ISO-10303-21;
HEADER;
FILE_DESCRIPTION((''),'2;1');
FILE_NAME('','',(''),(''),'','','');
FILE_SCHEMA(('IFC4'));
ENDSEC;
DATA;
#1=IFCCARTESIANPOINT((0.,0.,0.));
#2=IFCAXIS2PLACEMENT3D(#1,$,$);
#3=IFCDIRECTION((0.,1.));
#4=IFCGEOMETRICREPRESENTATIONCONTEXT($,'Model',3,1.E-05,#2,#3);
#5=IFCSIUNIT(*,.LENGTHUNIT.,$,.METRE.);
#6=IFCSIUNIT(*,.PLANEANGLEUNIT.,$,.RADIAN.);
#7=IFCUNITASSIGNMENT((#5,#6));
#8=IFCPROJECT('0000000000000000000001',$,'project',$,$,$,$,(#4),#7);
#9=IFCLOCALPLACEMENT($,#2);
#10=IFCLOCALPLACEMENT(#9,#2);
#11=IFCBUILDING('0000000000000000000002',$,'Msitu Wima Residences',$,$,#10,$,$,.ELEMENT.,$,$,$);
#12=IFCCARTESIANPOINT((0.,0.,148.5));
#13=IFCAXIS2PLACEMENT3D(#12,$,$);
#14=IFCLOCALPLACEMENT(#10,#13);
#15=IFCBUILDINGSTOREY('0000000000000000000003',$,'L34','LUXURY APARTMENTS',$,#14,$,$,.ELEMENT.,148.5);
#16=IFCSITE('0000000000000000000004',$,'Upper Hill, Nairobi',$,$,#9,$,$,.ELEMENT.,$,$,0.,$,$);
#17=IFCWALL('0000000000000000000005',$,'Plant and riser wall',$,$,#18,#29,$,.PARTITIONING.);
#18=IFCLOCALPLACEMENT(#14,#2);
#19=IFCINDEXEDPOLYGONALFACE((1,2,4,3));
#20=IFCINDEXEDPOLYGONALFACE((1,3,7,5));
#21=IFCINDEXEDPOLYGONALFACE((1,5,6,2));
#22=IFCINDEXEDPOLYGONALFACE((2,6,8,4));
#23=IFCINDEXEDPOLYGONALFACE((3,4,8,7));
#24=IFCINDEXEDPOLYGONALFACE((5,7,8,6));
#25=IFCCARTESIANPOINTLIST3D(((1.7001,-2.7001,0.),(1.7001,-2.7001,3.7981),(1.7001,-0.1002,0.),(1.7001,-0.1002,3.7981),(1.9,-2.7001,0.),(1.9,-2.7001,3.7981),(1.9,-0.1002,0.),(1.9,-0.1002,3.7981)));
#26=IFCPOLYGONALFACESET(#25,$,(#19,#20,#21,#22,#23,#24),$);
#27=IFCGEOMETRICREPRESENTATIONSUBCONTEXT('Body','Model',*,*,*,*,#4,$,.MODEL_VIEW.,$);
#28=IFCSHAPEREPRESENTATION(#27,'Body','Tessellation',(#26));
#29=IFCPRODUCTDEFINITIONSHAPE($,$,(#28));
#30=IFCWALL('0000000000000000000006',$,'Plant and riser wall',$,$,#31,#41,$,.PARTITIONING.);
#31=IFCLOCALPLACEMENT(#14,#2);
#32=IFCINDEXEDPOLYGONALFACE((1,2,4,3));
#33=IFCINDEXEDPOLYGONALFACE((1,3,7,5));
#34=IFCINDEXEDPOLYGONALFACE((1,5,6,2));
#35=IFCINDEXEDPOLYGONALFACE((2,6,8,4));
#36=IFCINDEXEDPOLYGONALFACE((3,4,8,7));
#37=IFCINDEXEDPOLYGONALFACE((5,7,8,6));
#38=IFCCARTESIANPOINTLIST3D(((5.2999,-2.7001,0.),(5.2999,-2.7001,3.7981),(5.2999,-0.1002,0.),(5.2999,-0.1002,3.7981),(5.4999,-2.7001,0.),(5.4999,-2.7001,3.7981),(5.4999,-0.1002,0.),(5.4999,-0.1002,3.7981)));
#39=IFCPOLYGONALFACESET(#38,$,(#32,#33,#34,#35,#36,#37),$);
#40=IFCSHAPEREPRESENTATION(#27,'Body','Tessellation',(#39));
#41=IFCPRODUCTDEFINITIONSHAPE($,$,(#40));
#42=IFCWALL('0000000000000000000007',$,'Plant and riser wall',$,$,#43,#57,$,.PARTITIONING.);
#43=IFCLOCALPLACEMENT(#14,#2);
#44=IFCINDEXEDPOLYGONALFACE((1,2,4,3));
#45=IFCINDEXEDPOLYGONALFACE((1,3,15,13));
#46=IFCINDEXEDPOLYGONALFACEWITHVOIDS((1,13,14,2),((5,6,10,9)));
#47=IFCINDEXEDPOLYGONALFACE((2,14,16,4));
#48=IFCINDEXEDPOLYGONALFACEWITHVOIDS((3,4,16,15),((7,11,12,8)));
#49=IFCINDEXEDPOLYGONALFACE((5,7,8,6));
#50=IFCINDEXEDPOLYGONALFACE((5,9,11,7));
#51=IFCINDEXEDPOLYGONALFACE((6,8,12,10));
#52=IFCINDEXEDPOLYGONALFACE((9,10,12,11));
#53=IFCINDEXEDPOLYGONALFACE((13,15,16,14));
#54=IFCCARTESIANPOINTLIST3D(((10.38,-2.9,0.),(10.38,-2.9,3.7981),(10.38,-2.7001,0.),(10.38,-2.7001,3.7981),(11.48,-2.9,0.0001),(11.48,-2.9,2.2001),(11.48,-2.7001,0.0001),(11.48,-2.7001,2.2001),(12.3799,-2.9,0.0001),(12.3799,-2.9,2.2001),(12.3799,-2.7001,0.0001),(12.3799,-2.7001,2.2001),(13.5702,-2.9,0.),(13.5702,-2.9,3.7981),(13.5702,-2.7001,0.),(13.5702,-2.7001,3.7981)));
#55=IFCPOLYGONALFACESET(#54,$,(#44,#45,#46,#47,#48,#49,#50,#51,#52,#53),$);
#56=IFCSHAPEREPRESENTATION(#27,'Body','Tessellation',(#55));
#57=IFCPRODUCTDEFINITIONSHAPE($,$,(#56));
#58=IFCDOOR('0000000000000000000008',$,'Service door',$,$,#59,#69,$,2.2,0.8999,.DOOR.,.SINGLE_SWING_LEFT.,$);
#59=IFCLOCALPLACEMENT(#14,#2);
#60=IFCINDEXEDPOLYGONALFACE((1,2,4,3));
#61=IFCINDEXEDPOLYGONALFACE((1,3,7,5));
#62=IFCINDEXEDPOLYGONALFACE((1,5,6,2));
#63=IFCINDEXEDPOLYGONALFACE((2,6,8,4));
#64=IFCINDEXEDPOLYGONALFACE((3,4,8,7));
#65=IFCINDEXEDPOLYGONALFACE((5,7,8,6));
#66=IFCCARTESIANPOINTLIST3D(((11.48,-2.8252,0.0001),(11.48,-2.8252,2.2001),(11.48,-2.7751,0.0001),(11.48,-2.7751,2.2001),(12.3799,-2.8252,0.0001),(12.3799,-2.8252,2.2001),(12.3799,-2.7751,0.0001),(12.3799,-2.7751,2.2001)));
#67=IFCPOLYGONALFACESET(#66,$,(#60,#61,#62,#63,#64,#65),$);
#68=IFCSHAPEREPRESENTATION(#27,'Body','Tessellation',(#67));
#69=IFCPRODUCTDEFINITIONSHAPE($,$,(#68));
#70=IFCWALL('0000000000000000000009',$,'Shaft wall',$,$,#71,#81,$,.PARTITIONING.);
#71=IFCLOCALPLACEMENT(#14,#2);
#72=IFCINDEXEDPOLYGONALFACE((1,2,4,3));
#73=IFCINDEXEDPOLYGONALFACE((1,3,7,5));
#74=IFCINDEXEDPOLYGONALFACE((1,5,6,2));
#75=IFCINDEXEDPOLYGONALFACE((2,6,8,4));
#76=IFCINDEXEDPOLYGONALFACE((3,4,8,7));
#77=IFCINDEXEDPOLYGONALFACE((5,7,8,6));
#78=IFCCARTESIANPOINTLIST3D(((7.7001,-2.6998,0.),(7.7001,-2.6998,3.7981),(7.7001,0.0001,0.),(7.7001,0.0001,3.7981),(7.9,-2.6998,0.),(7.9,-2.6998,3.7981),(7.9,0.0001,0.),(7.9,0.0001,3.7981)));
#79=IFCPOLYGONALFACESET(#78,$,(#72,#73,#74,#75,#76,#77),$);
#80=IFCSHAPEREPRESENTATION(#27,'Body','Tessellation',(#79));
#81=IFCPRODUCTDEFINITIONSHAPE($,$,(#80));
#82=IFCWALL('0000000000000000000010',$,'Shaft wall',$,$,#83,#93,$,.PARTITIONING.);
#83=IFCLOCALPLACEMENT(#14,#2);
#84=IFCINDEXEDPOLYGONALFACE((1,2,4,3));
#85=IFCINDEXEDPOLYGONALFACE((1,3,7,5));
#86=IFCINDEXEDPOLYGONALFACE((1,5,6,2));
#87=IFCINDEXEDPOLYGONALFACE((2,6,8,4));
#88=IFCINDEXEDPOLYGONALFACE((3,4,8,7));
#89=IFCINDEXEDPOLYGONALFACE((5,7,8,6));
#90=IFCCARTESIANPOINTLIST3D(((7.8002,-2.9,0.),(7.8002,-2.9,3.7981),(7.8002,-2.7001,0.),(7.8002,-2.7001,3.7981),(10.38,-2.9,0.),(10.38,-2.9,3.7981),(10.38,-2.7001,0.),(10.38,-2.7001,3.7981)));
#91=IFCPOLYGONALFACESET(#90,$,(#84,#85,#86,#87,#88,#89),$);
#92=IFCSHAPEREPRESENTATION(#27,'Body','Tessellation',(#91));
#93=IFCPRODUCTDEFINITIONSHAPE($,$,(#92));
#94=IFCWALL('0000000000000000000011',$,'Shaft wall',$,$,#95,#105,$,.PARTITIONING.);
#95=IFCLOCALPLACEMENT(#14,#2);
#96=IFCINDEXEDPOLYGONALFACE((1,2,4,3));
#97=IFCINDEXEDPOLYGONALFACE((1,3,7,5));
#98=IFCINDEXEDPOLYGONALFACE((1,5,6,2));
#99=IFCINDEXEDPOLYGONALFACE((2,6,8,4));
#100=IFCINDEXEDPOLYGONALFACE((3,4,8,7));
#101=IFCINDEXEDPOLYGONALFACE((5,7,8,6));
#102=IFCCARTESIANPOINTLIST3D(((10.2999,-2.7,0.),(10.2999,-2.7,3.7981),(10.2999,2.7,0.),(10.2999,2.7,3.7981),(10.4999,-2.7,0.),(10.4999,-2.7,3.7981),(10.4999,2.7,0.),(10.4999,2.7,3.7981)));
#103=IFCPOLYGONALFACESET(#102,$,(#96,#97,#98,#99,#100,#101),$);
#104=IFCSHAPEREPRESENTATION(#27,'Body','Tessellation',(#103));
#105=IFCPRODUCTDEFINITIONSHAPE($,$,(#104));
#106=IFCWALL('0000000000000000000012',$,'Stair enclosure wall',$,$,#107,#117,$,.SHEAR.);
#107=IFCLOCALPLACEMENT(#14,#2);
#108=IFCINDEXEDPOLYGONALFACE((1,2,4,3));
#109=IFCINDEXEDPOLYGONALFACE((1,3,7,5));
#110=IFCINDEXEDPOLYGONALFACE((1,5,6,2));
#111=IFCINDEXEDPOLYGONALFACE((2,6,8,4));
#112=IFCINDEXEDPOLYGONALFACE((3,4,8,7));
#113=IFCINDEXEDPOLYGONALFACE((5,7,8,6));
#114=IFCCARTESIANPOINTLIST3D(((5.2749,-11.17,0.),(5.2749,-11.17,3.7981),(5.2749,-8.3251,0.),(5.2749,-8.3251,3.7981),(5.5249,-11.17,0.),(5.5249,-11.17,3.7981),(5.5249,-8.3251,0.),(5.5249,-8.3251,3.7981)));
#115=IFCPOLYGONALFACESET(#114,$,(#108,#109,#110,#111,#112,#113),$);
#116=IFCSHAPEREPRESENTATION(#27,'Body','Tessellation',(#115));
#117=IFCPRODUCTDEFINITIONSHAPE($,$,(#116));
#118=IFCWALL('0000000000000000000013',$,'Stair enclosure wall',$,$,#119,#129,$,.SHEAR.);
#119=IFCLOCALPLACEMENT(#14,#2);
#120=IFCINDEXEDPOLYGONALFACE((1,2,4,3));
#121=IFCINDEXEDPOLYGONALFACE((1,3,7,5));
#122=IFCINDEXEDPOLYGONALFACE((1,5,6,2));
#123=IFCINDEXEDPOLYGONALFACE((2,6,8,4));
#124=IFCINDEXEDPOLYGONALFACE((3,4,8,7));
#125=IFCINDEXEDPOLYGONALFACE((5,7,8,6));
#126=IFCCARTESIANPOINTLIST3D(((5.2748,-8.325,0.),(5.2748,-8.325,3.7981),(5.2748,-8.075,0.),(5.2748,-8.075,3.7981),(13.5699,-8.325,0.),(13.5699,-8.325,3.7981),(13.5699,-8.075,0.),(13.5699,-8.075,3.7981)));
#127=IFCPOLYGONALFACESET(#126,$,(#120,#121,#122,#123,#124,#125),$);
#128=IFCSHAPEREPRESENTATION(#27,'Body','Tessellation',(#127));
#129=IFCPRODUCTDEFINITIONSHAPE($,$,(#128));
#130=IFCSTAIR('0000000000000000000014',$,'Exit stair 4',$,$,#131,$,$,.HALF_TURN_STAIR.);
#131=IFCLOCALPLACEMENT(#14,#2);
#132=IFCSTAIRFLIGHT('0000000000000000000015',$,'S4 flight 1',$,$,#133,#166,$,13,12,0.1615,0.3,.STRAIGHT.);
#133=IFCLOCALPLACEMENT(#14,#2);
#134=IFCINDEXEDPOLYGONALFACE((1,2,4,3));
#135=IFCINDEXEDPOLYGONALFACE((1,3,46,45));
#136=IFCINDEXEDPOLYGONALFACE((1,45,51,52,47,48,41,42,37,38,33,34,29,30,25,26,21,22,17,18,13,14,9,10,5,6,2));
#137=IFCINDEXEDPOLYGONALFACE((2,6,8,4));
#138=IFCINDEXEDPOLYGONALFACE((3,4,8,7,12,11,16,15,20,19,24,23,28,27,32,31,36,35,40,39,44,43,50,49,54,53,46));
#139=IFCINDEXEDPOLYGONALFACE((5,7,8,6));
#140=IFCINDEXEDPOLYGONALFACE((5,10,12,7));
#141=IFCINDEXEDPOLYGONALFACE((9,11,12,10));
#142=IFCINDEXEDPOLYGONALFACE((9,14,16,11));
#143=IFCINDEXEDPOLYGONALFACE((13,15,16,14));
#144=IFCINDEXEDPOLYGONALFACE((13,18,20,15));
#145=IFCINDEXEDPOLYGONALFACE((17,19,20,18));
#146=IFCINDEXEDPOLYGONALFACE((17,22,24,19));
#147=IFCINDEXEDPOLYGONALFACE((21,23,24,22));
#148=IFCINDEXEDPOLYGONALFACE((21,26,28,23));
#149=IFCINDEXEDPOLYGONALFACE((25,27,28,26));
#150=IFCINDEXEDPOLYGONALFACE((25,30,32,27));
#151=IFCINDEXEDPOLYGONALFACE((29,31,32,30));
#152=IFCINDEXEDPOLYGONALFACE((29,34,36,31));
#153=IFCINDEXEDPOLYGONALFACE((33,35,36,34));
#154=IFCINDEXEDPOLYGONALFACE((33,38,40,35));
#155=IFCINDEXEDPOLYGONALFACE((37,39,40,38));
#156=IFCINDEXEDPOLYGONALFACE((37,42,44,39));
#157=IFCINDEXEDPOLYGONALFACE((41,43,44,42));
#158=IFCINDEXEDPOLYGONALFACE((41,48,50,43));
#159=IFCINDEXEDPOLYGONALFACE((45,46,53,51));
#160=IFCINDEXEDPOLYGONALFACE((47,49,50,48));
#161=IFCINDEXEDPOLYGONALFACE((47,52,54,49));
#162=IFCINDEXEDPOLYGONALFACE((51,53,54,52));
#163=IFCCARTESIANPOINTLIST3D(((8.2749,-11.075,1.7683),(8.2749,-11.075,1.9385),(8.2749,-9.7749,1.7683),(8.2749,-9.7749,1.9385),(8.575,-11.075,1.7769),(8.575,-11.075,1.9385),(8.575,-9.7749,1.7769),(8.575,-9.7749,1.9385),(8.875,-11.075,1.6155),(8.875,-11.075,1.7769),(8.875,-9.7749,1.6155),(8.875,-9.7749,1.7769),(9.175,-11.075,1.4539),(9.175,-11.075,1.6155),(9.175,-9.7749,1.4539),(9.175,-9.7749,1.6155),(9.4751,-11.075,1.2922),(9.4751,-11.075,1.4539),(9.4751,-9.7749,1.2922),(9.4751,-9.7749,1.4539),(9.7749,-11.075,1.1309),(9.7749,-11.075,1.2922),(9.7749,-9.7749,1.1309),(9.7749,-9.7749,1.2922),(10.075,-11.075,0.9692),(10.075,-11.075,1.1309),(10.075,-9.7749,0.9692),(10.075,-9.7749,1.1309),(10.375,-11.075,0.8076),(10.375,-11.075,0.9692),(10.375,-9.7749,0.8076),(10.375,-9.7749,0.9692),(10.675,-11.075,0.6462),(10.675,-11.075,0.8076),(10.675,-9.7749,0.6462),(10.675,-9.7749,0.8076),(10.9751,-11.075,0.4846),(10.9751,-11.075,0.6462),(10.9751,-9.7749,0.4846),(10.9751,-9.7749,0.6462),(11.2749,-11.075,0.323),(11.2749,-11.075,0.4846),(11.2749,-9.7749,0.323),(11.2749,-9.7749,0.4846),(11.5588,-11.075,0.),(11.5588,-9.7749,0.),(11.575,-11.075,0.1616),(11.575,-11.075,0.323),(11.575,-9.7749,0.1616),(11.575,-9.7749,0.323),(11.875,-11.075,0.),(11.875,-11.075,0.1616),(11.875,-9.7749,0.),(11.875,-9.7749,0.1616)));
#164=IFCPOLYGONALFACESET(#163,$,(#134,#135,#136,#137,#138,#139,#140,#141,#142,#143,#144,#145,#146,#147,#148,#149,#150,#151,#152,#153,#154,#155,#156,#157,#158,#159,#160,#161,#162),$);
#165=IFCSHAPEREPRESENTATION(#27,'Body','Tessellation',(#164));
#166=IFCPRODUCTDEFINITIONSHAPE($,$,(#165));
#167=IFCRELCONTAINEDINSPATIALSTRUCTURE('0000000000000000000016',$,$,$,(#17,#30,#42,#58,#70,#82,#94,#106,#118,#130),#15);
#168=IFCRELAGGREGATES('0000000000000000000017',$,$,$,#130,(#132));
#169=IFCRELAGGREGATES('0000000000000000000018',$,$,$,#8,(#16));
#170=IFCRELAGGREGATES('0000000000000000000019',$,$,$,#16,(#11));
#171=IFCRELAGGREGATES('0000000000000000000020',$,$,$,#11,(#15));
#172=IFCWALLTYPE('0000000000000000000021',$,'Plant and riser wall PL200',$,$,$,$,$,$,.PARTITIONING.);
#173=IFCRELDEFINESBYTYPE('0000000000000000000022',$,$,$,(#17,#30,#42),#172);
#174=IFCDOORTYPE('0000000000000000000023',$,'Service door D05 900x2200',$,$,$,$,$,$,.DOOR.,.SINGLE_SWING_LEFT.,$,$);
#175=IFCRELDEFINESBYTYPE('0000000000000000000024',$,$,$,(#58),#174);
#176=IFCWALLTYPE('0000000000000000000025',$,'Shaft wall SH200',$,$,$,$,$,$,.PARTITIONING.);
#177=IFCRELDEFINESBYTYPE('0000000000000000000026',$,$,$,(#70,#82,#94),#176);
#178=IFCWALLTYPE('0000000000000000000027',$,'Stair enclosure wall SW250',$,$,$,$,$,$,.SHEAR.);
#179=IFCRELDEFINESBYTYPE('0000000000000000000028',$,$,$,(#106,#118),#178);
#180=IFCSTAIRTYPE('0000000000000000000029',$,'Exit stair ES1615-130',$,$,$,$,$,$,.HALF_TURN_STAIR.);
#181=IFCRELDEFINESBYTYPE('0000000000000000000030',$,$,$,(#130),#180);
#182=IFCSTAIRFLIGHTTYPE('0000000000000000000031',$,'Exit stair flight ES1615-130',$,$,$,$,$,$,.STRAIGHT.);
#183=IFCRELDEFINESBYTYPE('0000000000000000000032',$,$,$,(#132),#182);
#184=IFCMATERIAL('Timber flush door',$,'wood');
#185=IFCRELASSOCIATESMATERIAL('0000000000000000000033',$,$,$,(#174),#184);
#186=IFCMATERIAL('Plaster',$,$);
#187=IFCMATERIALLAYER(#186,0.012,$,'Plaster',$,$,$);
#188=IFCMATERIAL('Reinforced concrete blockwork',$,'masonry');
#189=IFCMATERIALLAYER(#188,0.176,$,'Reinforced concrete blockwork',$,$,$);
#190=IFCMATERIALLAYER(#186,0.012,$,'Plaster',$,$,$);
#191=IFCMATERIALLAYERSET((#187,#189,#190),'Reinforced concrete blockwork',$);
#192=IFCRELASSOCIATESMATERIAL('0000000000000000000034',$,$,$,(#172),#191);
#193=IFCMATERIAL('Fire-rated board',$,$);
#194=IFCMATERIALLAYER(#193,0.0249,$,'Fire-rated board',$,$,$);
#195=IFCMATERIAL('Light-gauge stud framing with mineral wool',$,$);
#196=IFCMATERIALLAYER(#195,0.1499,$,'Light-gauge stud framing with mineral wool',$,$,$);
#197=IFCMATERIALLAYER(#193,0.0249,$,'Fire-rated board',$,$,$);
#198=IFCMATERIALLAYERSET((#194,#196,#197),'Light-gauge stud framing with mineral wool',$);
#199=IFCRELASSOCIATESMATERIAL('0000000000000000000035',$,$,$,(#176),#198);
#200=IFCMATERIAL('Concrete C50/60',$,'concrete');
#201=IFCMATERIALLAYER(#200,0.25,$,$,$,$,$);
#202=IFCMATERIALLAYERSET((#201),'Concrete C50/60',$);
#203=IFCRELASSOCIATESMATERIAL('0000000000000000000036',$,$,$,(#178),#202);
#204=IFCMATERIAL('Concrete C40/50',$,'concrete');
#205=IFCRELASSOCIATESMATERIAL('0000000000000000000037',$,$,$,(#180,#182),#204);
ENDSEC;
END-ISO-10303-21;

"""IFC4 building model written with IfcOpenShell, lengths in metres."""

from ifc_helpers import new_model, si_unit, direction, frame, frame_2d, origin, place, context, subcontext, project, spatial, polyline, rectangle, outline, extrude, material, layer, layer_set, type_object, element, fill, aggregate, save


model = new_model("IFC4")

# Units and contexts
model_context = context("Model", 3, precision=1e-05, world=origin(), true_north=direction((0.0, 1.0)))
body_context = subcontext(model_context, "Body", "Model", "MODEL_VIEW")
ifc_project = project(units=[si_unit("LENGTHUNIT", "METRE"), si_unit("PLANEANGLEUNIT", "RADIAN")], contexts=[model_context])

# Site, building, storey
site_placement = place(None, origin())
site = spatial("IfcSite", under=ifc_project, at=site_placement, Name="Upper Hill, Nairobi", CompositionType="ELEMENT", RefElevation=0.0)
building_placement = place(site_placement, origin())
building = spatial("IfcBuilding", under=site, at=building_placement, Name="Msitu Wima Residences", CompositionType="ELEMENT")
storey_placement = place(building_placement, frame((0.0, 0.0, 148.5)))
storey = spatial("IfcBuildingStorey", under=building, at=storey_placement, Name="L34", Description="LUXURY APARTMENTS", CompositionType="ELEMENT", Elevation=148.5)

# Shared definitions
ifc_material_1 = material(Name="Concrete C40/50", Category="concrete")

# Shared definitions
ifc_material_2 = material(Name="Plaster")
ifc_material_3 = material(Name="Timber flush door", Category="wood")
door_type = type_object("IfcDoorType", Name="Service door D05 900x2200", OperationType="SINGLE_SWING_LEFT", PredefinedType="DOOR", material=ifc_material_3)
ifc_layer_1 = layer(ifc_material_2, 0.012, Name="Plaster")
ifc_material_4 = material(Name="Reinforced concrete blockwork", Category="masonry")
ifc_layer_2 = layer(ifc_material_4, 0.176, Name="Reinforced concrete blockwork")
ifc_layer_3 = layer(ifc_material_2, 0.012, Name="Plaster")
ifc_layer_set_1 = layer_set([ifc_layer_1, ifc_layer_2, ifc_layer_3], Name="Reinforced concrete blockwork")
wall_type_1 = type_object("IfcWallType", Name="Plant and riser wall PL200", PredefinedType="PARTITIONING", material=ifc_layer_set_1)

# Walls
for number, where, z_axis, x_axis, name in (
    (1, (1.8, -2.7, 0.0), (0.0, 0.0, 1.0), (0.0, 1.0, 0.0), "Plant and riser wall"),
    (2, (5.3999, -2.7, 0.0), (0.0, 0.0, 1.0), (0.0, 1.0, 0.0), "Plant and riser wall"),
):
    element("IfcWall", number, at=place(storey_placement, frame(where, z_axis=z_axis, x_axis=x_axis)), inside=storey, type_object=wall_type_1, Name=name, PredefinedType="PARTITIONING", context=body_context, shape_type="SweptSolid", body=[
        extrude(rectangle(XDim=2.5999, YDim=0.2, at=frame_2d((1.2998, 0.0))), origin(), (0.0, 0.0, 1.0), 3.7981),
    ])

# Wall, opening, door
wall_1_placement = place(storey_placement, frame((10.3799, -2.8, 0.0), z_axis=(0.0, 0.0, 1.0), x_axis=(1.0, 0.0, 0.0)))
wall_1 = element("IfcWall", 3, at=wall_1_placement, inside=storey, type_object=wall_type_1, Name="Plant and riser wall", PredefinedType="PARTITIONING", context=body_context, shape_type="SweptSolid", body=[
    extrude(rectangle(XDim=3.1902, YDim=0.2, at=frame_2d((1.5952, 0.0))), origin(), (0.0, 0.0, 1.0), 3.7981),
])
opening_1_placement = place(wall_1_placement, frame((1.1001, 0.0, 0.0)))
opening_1 = element("IfcOpeningElement", 4, at=opening_1_placement, cuts=wall_1, PredefinedType="OPENING", context=body_context, shape_type="SweptSolid", body=[
    extrude(rectangle(XDim=0.8999, YDim=2.2, at=frame_2d((0.45, 1.1001))), frame((0.0, 0.1099, 0.0), z_axis=(0.0, -1.0, 0.0), x_axis=(1.0, 0.0, 0.0)), (0.0, 0.0, 1.0), 0.22),
])
door_1_placement = place(opening_1_placement, origin())
door_1 = element("IfcDoor", 5, at=door_1_placement, inside=storey, type_object=door_type, Name="Service door", OperationType="SINGLE_SWING_LEFT", OverallHeight=2.2, OverallWidth=0.8999, PredefinedType="DOOR", context=body_context, shape_type="SweptSolid", body=[
    extrude(rectangle(XDim=0.8999, YDim=2.2, at=frame_2d((0.45, 1.1001))), frame((0.0, 0.0249, 0.0), z_axis=(0.0, -1.0, 0.0), x_axis=(1.0, 0.0, 0.0)), (0.0, 0.0, 1.0), 0.05),
])
fill(opening_1, door_1)

# Walls
ifc_material_5 = material(Name="Fire-rated board")
ifc_layer_4 = layer(ifc_material_5, 0.0249, Name="Fire-rated board")
ifc_material_6 = material(Name="Light-gauge stud framing with mineral wool")
ifc_layer_5 = layer(ifc_material_6, 0.1499, Name="Light-gauge stud framing with mineral wool")
ifc_layer_6 = layer(ifc_material_5, 0.0249, Name="Fire-rated board")
ifc_layer_set_2 = layer_set([ifc_layer_4, ifc_layer_5, ifc_layer_6], Name="Light-gauge stud framing with mineral wool")
wall_type_2 = type_object("IfcWallType", Name="Shaft wall SH200", PredefinedType="PARTITIONING", material=ifc_layer_set_2)
wall_2_placement = place(storey_placement, frame((7.8, -2.7, 0.0), z_axis=(0.0, 0.0, 1.0), x_axis=(0.0, 1.0, 0.0)))
element("IfcWall", 6, at=wall_2_placement, inside=storey, type_object=wall_type_2, Name="Shaft wall", PredefinedType="PARTITIONING", context=body_context, shape_type="SweptSolid", body=[
    extrude(rectangle(XDim=2.7, YDim=0.2, at=frame_2d((1.3501, 0.0))), origin(), (0.0, 0.0, 1.0), 3.7981),
])
wall_3_placement = place(storey_placement, frame((7.8, -2.8, 0.0), z_axis=(0.0, 0.0, 1.0), x_axis=(1.0, 0.0, 0.0)))
element("IfcWall", 7, at=wall_3_placement, inside=storey, type_object=wall_type_2, Name="Shaft wall", PredefinedType="PARTITIONING", context=body_context, shape_type="SweptSolid", body=[
    extrude(rectangle(XDim=2.5798, YDim=0.2, at=frame_2d((1.29, 0.0))), origin(), (0.0, 0.0, 1.0), 3.7981),
])
wall_4_placement = place(storey_placement, frame((10.3999, -2.7, 0.0), z_axis=(0.0, 0.0, 1.0), x_axis=(0.0, 1.0, 0.0)))
element("IfcWall", 8, at=wall_4_placement, inside=storey, type_object=wall_type_2, Name="Shaft wall", PredefinedType="PARTITIONING", context=body_context, shape_type="SweptSolid", body=[
    extrude(rectangle(XDim=5.3999, YDim=0.2, at=frame_2d((2.7, 0.0))), origin(), (0.0, 0.0, 1.0), 3.7981),
])
ifc_material_7 = material(Name="Concrete C50/60", Category="concrete")
ifc_layer_7 = layer(ifc_material_7, 0.25)
ifc_layer_set_3 = layer_set([ifc_layer_7], Name="Concrete C50/60")
wall_type_3 = type_object("IfcWallType", Name="Stair enclosure wall SW250", PredefinedType="SHEAR", material=ifc_layer_set_3)
wall_5_placement = place(storey_placement, frame((5.3999, -11.1699, 0.0), z_axis=(0.0, 0.0, 1.0), x_axis=(0.0, 1.0, 0.0)))
element("IfcWall", 9, at=wall_5_placement, inside=storey, type_object=wall_type_3, Name="Stair enclosure wall", PredefinedType="SHEAR", context=body_context, shape_type="SweptSolid", body=[
    extrude(rectangle(XDim=2.845, YDim=0.25, at=frame_2d((1.4224, 0.0))), origin(), (0.0, 0.0, 1.0), 3.7981),
])
wall_6_placement = place(storey_placement, frame((5.2749, -8.2, 0.0), z_axis=(0.0, 0.0, 1.0), x_axis=(1.0, 0.0, 0.0)))
element("IfcWall", 10, at=wall_6_placement, inside=storey, type_object=wall_type_3, Name="Stair enclosure wall", PredefinedType="SHEAR", context=body_context, shape_type="SweptSolid", body=[
    extrude(rectangle(XDim=8.2952, YDim=0.25, at=frame_2d((4.1475, 0.0))), origin(), (0.0, 0.0, 1.0), 3.7981),
])

# Stair, stair flight
stair_type = type_object("IfcStairType", Name="Exit stair ES1615-130", PredefinedType="HALF_TURN_STAIR", material=ifc_material_1)
stair_placement = place(storey_placement, origin())
stair = element("IfcStair", 11, at=stair_placement, inside=storey, type_object=stair_type, Name="Exit stair 4", PredefinedType="HALF_TURN_STAIR")
stair_flight_type = type_object("IfcStairFlightType", Name="Exit stair flight ES1615-130", PredefinedType="STRAIGHT", material=ifc_material_1)
stair_flight_1_placement = place(storey_placement, frame((11.875, -10.425, 0.0), z_axis=(0.0, 0.0, 1.0), x_axis=(-1.0, 0.0, 0.0)))
stair_flight_1 = element("IfcStairFlight", 12, at=stair_flight_1_placement, type_object=stair_flight_type, Name="S4 flight 1", NumberOfRisers=13, NumberOfTreads=12, PredefinedType="STRAIGHT", RiserHeight=0.1615, TreadLength=0.3, context=body_context, shape_type="SweptSolid", body=[
    extrude(outline(polyline([(0.0, 0.0), (0.0, 0.1616), (0.3, 0.1616), (0.3, 0.323), (0.6001, 0.323), (0.6001, 0.4846), (0.8999, 0.4846), (0.8999, 0.6462), (1.2, 0.6462), (1.2, 0.8076), (1.5, 0.8076), (1.5, 0.9692), (1.8, 0.9692), (1.8, 1.1309), (2.1001, 1.1309), (2.1001, 1.2922), (2.3999, 1.2922), (2.3999, 1.4539), (2.7, 1.4539), (2.7, 1.6155), (3.0, 1.6155), (3.0, 1.7769), (3.3, 1.7769), (3.3, 1.9385), (3.6001, 1.9385), (3.6001, 2.1001), (3.6001, 1.7683), (0.3162, 0.0), (0.0, 0.0)])), frame((0.0, 0.6499, 0.0), z_axis=(0.0, -1.0, 0.0), x_axis=(1.0, 0.0, 0.0)), (0.0, 0.0, 1.0), 1.3),
])
aggregate(stair, [stair_flight_1])

save(model, "model.ifc")
